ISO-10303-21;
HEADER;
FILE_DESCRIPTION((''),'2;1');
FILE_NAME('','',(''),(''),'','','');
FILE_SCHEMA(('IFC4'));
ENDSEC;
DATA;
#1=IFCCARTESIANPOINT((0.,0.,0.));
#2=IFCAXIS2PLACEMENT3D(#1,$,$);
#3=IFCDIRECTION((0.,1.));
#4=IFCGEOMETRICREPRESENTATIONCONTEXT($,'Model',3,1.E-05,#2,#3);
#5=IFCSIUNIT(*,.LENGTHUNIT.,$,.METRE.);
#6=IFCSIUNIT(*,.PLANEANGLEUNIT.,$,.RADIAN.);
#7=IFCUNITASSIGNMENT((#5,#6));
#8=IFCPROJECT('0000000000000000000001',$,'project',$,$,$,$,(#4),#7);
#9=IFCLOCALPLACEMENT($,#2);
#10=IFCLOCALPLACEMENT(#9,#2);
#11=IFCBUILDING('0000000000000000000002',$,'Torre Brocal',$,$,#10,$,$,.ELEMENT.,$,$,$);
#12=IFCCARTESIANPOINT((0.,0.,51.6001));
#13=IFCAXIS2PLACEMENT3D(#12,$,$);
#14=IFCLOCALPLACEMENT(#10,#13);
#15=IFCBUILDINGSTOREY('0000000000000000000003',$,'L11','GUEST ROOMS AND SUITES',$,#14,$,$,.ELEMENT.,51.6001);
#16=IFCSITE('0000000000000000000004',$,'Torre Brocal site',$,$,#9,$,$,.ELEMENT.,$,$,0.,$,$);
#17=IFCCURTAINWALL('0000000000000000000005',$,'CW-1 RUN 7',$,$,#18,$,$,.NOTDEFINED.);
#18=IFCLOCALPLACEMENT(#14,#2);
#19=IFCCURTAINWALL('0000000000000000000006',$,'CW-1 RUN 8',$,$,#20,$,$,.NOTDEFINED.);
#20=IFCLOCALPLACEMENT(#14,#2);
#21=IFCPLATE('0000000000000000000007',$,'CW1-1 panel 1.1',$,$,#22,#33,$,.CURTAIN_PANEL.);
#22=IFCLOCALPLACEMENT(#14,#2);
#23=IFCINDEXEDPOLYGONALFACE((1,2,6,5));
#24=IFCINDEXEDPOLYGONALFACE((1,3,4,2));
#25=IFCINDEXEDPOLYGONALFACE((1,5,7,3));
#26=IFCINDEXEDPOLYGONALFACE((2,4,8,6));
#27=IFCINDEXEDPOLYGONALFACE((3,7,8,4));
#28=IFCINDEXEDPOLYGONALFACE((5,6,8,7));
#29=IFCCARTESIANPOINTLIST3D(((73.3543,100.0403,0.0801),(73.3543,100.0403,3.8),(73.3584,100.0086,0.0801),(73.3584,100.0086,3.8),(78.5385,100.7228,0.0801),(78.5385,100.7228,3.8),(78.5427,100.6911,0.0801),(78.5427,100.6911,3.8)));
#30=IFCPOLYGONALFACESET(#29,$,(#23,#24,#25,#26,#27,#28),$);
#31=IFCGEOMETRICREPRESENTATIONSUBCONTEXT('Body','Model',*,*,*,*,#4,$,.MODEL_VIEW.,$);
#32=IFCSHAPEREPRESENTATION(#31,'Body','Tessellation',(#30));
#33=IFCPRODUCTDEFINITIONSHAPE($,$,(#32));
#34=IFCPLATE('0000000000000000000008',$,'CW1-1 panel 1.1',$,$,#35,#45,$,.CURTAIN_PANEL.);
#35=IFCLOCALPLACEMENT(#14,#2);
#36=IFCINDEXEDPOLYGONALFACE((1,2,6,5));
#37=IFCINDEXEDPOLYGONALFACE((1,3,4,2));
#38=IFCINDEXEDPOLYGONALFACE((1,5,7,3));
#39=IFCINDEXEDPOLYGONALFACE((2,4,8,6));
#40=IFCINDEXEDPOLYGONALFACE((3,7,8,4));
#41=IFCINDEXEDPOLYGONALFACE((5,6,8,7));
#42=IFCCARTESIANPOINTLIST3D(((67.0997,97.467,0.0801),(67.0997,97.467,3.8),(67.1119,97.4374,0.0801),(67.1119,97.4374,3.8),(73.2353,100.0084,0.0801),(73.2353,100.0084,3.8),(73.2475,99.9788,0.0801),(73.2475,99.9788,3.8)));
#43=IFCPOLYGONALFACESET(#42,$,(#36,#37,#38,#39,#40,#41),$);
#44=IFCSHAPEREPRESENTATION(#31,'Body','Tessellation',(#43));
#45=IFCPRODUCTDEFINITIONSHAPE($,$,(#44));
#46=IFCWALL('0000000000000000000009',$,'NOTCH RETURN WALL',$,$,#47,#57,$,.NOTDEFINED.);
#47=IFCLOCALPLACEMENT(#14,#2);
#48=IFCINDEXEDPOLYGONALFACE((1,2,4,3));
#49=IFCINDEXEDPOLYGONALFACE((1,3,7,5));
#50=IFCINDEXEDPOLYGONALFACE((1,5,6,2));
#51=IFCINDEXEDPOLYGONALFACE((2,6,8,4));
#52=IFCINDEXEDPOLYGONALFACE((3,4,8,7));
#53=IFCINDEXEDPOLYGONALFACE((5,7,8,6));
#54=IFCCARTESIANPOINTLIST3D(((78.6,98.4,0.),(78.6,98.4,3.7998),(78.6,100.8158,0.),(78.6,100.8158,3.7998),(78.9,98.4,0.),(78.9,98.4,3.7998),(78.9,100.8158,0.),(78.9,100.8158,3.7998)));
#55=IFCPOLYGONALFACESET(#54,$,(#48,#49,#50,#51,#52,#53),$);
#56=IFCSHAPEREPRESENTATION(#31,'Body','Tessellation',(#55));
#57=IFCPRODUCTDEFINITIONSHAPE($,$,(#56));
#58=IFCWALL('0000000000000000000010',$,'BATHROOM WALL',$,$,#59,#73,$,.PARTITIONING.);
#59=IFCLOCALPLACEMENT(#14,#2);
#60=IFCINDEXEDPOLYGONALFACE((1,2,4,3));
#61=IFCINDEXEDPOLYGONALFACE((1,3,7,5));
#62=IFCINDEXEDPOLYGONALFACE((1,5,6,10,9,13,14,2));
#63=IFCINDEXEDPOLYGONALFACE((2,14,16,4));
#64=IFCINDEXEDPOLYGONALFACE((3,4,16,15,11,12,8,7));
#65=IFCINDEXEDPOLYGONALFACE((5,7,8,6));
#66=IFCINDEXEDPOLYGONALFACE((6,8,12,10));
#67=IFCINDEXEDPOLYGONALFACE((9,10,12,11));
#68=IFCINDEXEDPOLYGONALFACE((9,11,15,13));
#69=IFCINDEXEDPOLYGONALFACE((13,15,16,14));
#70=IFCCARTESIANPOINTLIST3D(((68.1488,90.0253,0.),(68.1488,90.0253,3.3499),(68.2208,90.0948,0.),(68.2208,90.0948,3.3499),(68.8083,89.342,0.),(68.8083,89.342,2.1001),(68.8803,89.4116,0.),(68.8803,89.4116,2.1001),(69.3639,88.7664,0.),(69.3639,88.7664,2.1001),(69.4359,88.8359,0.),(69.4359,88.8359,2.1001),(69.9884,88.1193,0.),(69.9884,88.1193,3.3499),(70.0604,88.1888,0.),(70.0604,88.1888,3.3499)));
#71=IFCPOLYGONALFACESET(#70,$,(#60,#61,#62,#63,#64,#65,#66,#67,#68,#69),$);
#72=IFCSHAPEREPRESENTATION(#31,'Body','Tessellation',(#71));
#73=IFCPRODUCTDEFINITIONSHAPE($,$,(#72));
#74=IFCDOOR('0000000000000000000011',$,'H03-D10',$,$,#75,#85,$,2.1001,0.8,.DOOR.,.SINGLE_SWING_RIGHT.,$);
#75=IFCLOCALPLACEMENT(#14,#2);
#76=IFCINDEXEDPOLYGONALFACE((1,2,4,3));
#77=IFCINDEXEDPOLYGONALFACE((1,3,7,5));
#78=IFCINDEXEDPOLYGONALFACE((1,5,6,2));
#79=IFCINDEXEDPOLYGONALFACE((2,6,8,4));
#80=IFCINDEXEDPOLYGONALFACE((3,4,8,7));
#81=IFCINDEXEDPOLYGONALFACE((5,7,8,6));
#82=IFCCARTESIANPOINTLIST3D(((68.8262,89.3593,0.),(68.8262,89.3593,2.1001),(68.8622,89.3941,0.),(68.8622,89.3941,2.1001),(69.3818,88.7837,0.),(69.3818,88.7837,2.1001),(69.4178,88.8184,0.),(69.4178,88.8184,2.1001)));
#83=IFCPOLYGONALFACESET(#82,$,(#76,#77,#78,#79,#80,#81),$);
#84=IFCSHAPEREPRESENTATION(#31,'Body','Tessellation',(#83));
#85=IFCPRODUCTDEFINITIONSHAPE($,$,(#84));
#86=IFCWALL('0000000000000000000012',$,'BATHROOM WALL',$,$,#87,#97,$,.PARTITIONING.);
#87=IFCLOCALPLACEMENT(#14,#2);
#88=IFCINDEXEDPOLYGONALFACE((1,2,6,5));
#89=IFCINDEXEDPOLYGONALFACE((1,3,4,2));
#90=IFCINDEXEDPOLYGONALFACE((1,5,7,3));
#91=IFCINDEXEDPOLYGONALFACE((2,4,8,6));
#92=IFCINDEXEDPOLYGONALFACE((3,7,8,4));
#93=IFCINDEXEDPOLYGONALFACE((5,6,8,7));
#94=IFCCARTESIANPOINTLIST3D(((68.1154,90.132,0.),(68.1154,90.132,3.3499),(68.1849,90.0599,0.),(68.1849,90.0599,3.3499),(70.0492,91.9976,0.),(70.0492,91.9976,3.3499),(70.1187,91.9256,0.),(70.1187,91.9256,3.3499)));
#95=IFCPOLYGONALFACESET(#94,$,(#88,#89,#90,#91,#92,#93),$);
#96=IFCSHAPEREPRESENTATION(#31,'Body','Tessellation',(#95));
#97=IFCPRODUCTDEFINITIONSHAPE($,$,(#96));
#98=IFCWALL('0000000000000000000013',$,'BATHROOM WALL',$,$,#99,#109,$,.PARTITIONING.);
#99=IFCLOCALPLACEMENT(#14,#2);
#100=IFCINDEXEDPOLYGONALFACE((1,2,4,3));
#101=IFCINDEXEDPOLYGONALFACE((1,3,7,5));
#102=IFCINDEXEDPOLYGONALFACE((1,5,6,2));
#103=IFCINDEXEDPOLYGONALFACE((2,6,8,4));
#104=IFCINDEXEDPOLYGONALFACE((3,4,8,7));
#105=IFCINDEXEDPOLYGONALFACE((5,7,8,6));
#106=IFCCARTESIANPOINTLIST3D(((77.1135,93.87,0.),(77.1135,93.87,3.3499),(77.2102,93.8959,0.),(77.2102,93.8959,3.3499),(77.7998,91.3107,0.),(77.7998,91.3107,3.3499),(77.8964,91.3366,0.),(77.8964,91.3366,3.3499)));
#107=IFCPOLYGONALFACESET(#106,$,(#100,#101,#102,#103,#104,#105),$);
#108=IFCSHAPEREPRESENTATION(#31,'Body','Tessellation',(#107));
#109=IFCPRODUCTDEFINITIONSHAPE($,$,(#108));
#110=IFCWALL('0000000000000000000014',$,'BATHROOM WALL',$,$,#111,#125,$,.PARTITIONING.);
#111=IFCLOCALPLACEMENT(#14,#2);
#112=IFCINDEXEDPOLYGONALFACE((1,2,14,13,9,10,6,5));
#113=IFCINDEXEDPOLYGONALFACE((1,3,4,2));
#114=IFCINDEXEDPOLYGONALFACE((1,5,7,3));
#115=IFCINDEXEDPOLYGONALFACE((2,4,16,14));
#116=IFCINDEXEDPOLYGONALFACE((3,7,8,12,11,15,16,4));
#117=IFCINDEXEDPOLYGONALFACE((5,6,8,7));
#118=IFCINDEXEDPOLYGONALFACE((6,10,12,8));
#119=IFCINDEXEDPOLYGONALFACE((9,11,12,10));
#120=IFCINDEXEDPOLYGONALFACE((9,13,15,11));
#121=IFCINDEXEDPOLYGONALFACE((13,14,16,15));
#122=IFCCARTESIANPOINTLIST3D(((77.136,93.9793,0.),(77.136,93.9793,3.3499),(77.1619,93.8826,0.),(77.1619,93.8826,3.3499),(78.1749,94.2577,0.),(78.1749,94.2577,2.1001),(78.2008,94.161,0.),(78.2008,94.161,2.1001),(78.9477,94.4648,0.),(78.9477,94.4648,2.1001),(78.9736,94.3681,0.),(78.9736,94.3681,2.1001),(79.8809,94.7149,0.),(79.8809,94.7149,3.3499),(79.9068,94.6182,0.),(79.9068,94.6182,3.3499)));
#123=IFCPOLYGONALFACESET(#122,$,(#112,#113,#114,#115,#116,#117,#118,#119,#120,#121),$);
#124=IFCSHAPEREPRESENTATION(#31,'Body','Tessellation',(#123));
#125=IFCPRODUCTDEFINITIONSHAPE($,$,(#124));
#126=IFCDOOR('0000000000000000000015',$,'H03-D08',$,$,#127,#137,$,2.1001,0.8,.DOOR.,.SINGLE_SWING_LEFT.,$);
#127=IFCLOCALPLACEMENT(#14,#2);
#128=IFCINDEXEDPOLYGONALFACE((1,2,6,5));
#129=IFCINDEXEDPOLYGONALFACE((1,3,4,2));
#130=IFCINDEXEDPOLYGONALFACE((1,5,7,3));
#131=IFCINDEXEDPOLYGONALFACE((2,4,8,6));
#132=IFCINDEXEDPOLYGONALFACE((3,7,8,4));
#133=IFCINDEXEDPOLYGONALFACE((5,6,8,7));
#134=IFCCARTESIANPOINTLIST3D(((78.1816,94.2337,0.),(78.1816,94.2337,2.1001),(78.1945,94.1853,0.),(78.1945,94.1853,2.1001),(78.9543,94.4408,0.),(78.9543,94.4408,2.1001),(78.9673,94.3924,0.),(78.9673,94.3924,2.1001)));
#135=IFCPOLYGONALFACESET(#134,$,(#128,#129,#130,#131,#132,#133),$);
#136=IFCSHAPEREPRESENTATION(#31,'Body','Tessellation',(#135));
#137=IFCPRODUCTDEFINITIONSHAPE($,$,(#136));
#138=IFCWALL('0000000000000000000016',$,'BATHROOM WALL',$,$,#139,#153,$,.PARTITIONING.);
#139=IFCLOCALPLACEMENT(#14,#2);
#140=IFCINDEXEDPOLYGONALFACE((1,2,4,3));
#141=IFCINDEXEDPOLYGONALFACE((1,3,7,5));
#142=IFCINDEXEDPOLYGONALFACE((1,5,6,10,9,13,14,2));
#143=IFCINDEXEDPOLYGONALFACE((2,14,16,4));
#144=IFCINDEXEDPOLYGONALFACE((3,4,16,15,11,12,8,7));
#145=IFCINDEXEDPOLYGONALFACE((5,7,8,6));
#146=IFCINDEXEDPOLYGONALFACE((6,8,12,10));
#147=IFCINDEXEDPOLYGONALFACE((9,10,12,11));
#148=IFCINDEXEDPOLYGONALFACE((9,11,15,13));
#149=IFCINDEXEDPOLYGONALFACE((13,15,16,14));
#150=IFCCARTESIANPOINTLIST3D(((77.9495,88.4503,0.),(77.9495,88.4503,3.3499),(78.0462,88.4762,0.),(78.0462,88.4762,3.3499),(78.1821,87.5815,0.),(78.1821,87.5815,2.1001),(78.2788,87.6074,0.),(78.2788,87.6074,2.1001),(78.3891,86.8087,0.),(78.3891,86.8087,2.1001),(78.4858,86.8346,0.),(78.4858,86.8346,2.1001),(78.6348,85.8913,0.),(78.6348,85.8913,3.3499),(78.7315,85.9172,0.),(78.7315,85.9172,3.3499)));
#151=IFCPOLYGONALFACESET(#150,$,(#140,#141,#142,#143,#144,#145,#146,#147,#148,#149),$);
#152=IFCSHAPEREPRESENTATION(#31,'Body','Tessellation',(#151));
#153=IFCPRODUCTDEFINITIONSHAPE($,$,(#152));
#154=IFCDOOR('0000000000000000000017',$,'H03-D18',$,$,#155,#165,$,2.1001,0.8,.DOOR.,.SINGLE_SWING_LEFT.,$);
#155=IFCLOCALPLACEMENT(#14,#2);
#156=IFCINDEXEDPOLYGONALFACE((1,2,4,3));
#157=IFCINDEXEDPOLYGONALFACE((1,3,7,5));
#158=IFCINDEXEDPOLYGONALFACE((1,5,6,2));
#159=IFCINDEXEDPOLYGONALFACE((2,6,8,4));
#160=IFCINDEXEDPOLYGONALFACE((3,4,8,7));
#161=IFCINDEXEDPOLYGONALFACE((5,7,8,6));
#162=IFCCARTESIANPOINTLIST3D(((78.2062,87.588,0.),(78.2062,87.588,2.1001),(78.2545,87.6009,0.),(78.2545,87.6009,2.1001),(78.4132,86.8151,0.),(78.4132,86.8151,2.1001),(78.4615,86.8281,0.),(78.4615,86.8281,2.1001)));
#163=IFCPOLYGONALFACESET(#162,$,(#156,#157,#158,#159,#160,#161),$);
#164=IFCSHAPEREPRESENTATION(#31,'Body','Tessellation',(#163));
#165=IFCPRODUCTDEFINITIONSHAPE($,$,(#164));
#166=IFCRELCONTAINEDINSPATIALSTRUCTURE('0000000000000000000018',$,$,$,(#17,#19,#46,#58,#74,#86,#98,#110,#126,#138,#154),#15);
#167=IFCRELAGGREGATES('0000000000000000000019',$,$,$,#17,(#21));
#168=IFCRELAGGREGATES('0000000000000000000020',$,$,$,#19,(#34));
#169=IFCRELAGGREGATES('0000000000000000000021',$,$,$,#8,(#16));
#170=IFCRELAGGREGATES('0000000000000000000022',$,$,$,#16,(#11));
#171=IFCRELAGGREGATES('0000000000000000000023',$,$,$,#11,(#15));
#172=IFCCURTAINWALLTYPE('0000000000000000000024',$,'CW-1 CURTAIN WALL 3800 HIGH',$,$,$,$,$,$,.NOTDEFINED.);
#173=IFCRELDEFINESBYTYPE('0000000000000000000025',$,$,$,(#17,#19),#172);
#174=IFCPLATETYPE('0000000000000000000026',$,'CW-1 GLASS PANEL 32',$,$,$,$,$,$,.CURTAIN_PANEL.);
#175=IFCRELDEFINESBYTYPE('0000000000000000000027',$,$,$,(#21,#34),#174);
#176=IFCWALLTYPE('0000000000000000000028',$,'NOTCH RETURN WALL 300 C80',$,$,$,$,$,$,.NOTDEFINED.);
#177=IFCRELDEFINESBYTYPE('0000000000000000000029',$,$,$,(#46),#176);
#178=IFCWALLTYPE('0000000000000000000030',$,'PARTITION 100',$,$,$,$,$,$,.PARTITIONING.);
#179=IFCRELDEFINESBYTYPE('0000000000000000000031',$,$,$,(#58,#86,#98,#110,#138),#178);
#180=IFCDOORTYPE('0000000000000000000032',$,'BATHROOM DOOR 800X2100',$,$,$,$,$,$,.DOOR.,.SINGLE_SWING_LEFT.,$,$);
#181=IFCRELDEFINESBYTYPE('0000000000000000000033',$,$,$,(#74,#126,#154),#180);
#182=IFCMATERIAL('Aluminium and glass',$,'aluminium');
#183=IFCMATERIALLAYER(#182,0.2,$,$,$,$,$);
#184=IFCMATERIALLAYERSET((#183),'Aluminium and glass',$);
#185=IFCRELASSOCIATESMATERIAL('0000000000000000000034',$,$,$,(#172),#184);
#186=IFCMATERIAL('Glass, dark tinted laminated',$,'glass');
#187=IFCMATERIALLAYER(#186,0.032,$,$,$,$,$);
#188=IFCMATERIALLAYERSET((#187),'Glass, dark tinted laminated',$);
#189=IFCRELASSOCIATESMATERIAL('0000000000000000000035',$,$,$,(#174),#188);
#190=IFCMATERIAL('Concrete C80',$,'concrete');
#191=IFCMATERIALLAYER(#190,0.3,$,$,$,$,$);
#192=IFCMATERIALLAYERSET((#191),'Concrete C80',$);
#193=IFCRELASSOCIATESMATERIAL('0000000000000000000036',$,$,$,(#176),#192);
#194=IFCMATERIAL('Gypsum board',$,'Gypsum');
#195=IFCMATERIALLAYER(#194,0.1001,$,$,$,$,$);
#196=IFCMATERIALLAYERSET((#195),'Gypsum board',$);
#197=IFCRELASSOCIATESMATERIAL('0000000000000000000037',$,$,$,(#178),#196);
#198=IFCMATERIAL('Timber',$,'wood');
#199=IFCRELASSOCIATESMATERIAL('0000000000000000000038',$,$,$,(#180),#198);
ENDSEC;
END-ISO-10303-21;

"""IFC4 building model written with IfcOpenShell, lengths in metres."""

from ifc_helpers import new_model, si_unit, direction, frame, frame_2d, origin, origin_2d, place, context, subcontext, project, spatial, rectangle, extrude, material, layer, layer_set, type_object, element, fill, aggregate, save


model = new_model("IFC4")

# Units and contexts
model_context = context("Model", 3, precision=1e-05, world=origin(), true_north=direction((0.0, 1.0)))
body_context = subcontext(model_context, "Body", "Model", "MODEL_VIEW")
ifc_project = project(units=[si_unit("LENGTHUNIT", "METRE"), si_unit("PLANEANGLEUNIT", "RADIAN")], contexts=[model_context])

# Site, building, storey
site_placement = place(None, origin())
site = spatial("IfcSite", under=ifc_project, at=site_placement, Name="Torre Brocal site", CompositionType="ELEMENT", RefElevation=0.0)
building_placement = place(site_placement, origin())
building = spatial("IfcBuilding", under=site, at=building_placement, Name="Torre Brocal", CompositionType="ELEMENT")
storey_placement = place(building_placement, frame((0.0, 0.0, 51.6001)))
storey = spatial("IfcBuildingStorey", under=building, at=storey_placement, Name="L11", Description="GUEST ROOMS AND SUITES", CompositionType="ELEMENT", Elevation=51.6001)

# Curtain wall
ifc_material_1 = material(Name="Aluminium and glass", Category="aluminium")
ifc_layer_1 = layer(ifc_material_1, 0.2)
ifc_layer_set_1 = layer_set([ifc_layer_1], Name="Aluminium and glass")
curtain_wall_type = type_object("IfcCurtainWallType", Name="CW-1 CURTAIN WALL 3800 HIGH", PredefinedType="NOTDEFINED", material=ifc_layer_set_1)
curtain_wall_1_placement = place(storey_placement, origin())
curtain_wall_1 = element("IfcCurtainWall", 1, at=curtain_wall_1_placement, inside=storey, type_object=curtain_wall_type, Name="CW-1 RUN 7", PredefinedType="NOTDEFINED")

# Curtain wall
curtain_wall_2_placement = place(storey_placement, origin())
curtain_wall_2 = element("IfcCurtainWall", 2, at=curtain_wall_2_placement, inside=storey, type_object=curtain_wall_type, Name="CW-1 RUN 8", PredefinedType="NOTDEFINED")

# Plates
ifc_material_2 = material(Name="Glass, dark tinted laminated", Category="glass")
ifc_layer_2 = layer(ifc_material_2, 0.032)
ifc_layer_set_2 = layer_set([ifc_layer_2], Name="Glass, dark tinted laminated")
plate_type = type_object("IfcPlateType", Name="CW-1 GLASS PANEL 32", PredefinedType="CURTAIN_PANEL", material=ifc_layer_set_2)
plate_1_placement = place(storey_placement, frame((75.9485, 100.3657, 0.0801), z_axis=(0.0, 0.0, 1.0), x_axis=(-0.991445, -0.130526, 0.0)))
plate_1 = element("IfcPlate", 3, at=plate_1_placement, type_object=plate_type, Name="CW1-1 panel 1.1", PredefinedType="CURTAIN_PANEL", context=body_context, shape_type="SweptSolid", body=[
    extrude(rectangle(XDim=5.229, YDim=0.032, at=origin_2d()), origin(), (0.0, 0.0, 1.0), 3.72),
])
aggregate(curtain_wall_1, [plate_1])
plate_2_placement = place(storey_placement, frame((70.1736, 98.7229, 0.0801), z_axis=(0.0, 0.0, 1.0), x_axis=(-0.92388, -0.382683, 0.0)))
plate_2 = element("IfcPlate", 4, at=plate_2_placement, type_object=plate_type, Name="CW1-1 panel 1.1", PredefinedType="CURTAIN_PANEL", context=body_context, shape_type="SweptSolid", body=[
    extrude(rectangle(XDim=6.6411, YDim=0.032, at=origin_2d()), origin(), (0.0, 0.0, 1.0), 3.72),
])
aggregate(curtain_wall_2, [plate_2])

# Wall
ifc_material_3 = material(Name="Concrete C80", Category="concrete")
ifc_layer_3 = layer(ifc_material_3, 0.3)
ifc_layer_set_3 = layer_set([ifc_layer_3], Name="Concrete C80")
wall_type_1 = type_object("IfcWallType", Name="NOTCH RETURN WALL 300 C80", PredefinedType="NOTDEFINED", material=ifc_layer_set_3)
wall_1_placement = place(storey_placement, frame((78.75, 98.3999, 0.0), z_axis=(0.0, 0.0, 1.0), x_axis=(0.0, 1.0, 0.0)))
element("IfcWall", 5, at=wall_1_placement, inside=storey, type_object=wall_type_1, Name="NOTCH RETURN WALL", PredefinedType="NOTDEFINED", context=body_context, shape_type="SweptSolid", body=[
    extrude(rectangle(XDim=2.4158, YDim=0.3, at=frame_2d((1.208, 0.0))), origin(), (0.0, 0.0, 1.0), 3.7998),
])

# Wall, opening, door
ifc_material_4 = material(Name="Gypsum board", Category="Gypsum")
ifc_layer_4 = layer(ifc_material_4, 0.1001)
ifc_layer_set_4 = layer_set([ifc_layer_4], Name="Gypsum board")
wall_type_2 = type_object("IfcWallType", Name="PARTITION 100", PredefinedType="PARTITIONING", material=ifc_layer_set_4)
wall_2_placement = place(storey_placement, frame((68.1848, 90.0601, 0.0), z_axis=(0.0, 0.0, 1.0), x_axis=(0.694461, -0.71953, 0.0)))
wall_2 = element("IfcWall", 6, at=wall_2_placement, inside=storey, type_object=wall_type_2, Name="BATHROOM WALL", PredefinedType="PARTITIONING", context=body_context, shape_type="SweptSolid", body=[
    extrude(rectangle(XDim=2.6489, YDim=0.1001, at=frame_2d((1.3245, 0.0))), origin(), (0.0, 0.0, 1.0), 3.3499),
])
opening_1_placement = place(wall_2_placement, frame((0.9497, 0.0, 0.0)))
opening_1 = element("IfcOpeningElement", 7, at=opening_1_placement, cuts=wall_2, PredefinedType="OPENING", context=body_context, shape_type="SweptSolid", body=[
    extrude(rectangle(XDim=0.8, YDim=2.1001, at=frame_2d((0.3999, 1.05))), frame((0.0, 0.0601, 0.0), z_axis=(0.0, -1.0, 0.0), x_axis=(1.0, 0.0, 0.0)), (0.0, 0.0, 1.0), 0.1201),
])
ifc_material_5 = material(Name="Timber", Category="wood")
door_type_1 = type_object("IfcDoorType", Name="BATHROOM DOOR 800X2100", OperationType="SINGLE_SWING_LEFT", PredefinedType="DOOR", material=ifc_material_5)
door_1_placement = place(opening_1_placement, origin())
door_1 = element("IfcDoor", 8, at=door_1_placement, inside=storey, type_object=door_type_1, Name="H03-D10", OperationType="SINGLE_SWING_RIGHT", OverallHeight=2.1001, OverallWidth=0.8, PredefinedType="DOOR", context=body_context, shape_type="SweptSolid", body=[
    extrude(rectangle(XDim=0.8, YDim=2.1001, at=frame_2d((0.3999, 1.05))), frame((0.0, 0.0249, 0.0), z_axis=(0.0, -1.0, 0.0), x_axis=(1.0, 0.0, 0.0)), (0.0, 0.0, 1.0), 0.05),
])
fill(opening_1, door_1)

# Walls
wall_3_placement = place(storey_placement, frame((68.1501, 90.0959, 0.0), z_axis=(0.0, 0.0, 1.0), x_axis=(0.719668, 0.694319, 0.0)))
element("IfcWall", 9, at=wall_3_placement, inside=storey, type_object=wall_type_2, Name="BATHROOM WALL", PredefinedType="PARTITIONING", context=body_context, shape_type="SweptSolid", body=[
    extrude(rectangle(XDim=2.687, YDim=0.1001, at=frame_2d((1.3435, 0.0))), origin(), (0.0, 0.0, 1.0), 3.3499),
])
wall_4_placement = place(storey_placement, frame((77.1619, 93.8828, 0.0), z_axis=(0.0, 0.0, 1.0), x_axis=(0.258999, -0.965878, 0.0)))
element("IfcWall", 10, at=wall_4_placement, inside=storey, type_object=wall_type_2, Name="BATHROOM WALL", PredefinedType="PARTITIONING", context=body_context, shape_type="SweptSolid", body=[
    extrude(rectangle(XDim=2.6497, YDim=0.1001, at=frame_2d((1.3247, 0.0))), origin(), (0.0, 0.0, 1.0), 3.3499),
])

# Walls, openings, doors
wall_5_placement = place(storey_placement, frame((77.1489, 93.9309, 0.0), z_axis=(0.0, 0.0, 1.0), x_axis=(0.965916, 0.258855, 0.0)))
wall_5 = element("IfcWall", 11, at=wall_5_placement, inside=storey, type_object=wall_type_2, Name="BATHROOM WALL", PredefinedType="PARTITIONING", context=body_context, shape_type="SweptSolid", body=[
    extrude(rectangle(XDim=2.8418, YDim=0.1001, at=frame_2d((1.4209, 0.0))), origin(), (0.0, 0.0, 1.0), 3.3499),
])
opening_2_placement = place(wall_5_placement, frame((1.0757, 0.0, 0.0)))
opening_2 = element("IfcOpeningElement", 12, at=opening_2_placement, cuts=wall_5, PredefinedType="OPENING", context=body_context, shape_type="SweptSolid", body=[
    extrude(rectangle(XDim=0.8, YDim=2.1001, at=frame_2d((0.3999, 1.05))), frame((0.0, 0.0601, 0.0), z_axis=(0.0, -1.0, 0.0), x_axis=(1.0, 0.0, 0.0)), (0.0, 0.0, 1.0), 0.1201),
])
door_2_placement = place(opening_2_placement, frame((0.8, 0.0, 0.0), z_axis=(0.0, 0.0, 1.0), x_axis=(-1.0, 0.0, 0.0)))
door_2 = element("IfcDoor", 13, at=door_2_placement, inside=storey, type_object=door_type_1, Name="H03-D08", OperationType="SINGLE_SWING_LEFT", OverallHeight=2.1001, OverallWidth=0.8, PredefinedType="DOOR", context=body_context, shape_type="SweptSolid", body=[
    extrude(rectangle(XDim=0.8, YDim=2.1001, at=frame_2d((0.3999, 1.05))), frame((0.0, 0.0249, 0.0), z_axis=(0.0, -1.0, 0.0), x_axis=(1.0, 0.0, 0.0)), (0.0, 0.0, 1.0), 0.05),
])
fill(opening_2, door_2)
wall_6_placement = place(storey_placement, frame((77.9978, 88.4634, 0.0), z_axis=(0.0, 0.0, 1.0), x_axis=(0.258678, -0.965964, 0.0)))
wall_6 = element("IfcWall", 14, at=wall_6_placement, inside=storey, type_object=wall_type_2, Name="BATHROOM WALL", PredefinedType="PARTITIONING", context=body_context, shape_type="SweptSolid", body=[
    extrude(rectangle(XDim=2.6492, YDim=0.1001, at=frame_2d((1.3247, 0.0))), origin(), (0.0, 0.0, 1.0), 3.3499),
])
opening_3_placement = place(wall_6_placement, frame((0.8997, 0.0, 0.0)))
opening_3 = element("IfcOpeningElement", 15, at=opening_3_placement, cuts=wall_6, PredefinedType="OPENING", context=body_context, shape_type="SweptSolid", body=[
    extrude(rectangle(XDim=0.8, YDim=2.1001, at=frame_2d((0.3999, 1.05))), frame((0.0, 0.0601, 0.0), z_axis=(0.0, -1.0, 0.0), x_axis=(1.0, 0.0, 0.0)), (0.0, 0.0, 1.0), 0.1201),
])
door_3_placement = place(opening_3_placement, origin())
door_3 = element("IfcDoor", 16, at=door_3_placement, inside=storey, type_object=door_type_1, Name="H03-D18", OperationType="SINGLE_SWING_LEFT", OverallHeight=2.1001, OverallWidth=0.8, PredefinedType="DOOR", context=body_context, shape_type="SweptSolid", body=[
    extrude(rectangle(XDim=0.8, YDim=2.1001, at=frame_2d((0.3999, 1.05))), frame((0.0, 0.0249, 0.0), z_axis=(0.0, -1.0, 0.0), x_axis=(1.0, 0.0, 0.0)), (0.0, 0.0, 1.0), 0.05),
])
fill(opening_3, door_3)

save(model, "model.ifc")
